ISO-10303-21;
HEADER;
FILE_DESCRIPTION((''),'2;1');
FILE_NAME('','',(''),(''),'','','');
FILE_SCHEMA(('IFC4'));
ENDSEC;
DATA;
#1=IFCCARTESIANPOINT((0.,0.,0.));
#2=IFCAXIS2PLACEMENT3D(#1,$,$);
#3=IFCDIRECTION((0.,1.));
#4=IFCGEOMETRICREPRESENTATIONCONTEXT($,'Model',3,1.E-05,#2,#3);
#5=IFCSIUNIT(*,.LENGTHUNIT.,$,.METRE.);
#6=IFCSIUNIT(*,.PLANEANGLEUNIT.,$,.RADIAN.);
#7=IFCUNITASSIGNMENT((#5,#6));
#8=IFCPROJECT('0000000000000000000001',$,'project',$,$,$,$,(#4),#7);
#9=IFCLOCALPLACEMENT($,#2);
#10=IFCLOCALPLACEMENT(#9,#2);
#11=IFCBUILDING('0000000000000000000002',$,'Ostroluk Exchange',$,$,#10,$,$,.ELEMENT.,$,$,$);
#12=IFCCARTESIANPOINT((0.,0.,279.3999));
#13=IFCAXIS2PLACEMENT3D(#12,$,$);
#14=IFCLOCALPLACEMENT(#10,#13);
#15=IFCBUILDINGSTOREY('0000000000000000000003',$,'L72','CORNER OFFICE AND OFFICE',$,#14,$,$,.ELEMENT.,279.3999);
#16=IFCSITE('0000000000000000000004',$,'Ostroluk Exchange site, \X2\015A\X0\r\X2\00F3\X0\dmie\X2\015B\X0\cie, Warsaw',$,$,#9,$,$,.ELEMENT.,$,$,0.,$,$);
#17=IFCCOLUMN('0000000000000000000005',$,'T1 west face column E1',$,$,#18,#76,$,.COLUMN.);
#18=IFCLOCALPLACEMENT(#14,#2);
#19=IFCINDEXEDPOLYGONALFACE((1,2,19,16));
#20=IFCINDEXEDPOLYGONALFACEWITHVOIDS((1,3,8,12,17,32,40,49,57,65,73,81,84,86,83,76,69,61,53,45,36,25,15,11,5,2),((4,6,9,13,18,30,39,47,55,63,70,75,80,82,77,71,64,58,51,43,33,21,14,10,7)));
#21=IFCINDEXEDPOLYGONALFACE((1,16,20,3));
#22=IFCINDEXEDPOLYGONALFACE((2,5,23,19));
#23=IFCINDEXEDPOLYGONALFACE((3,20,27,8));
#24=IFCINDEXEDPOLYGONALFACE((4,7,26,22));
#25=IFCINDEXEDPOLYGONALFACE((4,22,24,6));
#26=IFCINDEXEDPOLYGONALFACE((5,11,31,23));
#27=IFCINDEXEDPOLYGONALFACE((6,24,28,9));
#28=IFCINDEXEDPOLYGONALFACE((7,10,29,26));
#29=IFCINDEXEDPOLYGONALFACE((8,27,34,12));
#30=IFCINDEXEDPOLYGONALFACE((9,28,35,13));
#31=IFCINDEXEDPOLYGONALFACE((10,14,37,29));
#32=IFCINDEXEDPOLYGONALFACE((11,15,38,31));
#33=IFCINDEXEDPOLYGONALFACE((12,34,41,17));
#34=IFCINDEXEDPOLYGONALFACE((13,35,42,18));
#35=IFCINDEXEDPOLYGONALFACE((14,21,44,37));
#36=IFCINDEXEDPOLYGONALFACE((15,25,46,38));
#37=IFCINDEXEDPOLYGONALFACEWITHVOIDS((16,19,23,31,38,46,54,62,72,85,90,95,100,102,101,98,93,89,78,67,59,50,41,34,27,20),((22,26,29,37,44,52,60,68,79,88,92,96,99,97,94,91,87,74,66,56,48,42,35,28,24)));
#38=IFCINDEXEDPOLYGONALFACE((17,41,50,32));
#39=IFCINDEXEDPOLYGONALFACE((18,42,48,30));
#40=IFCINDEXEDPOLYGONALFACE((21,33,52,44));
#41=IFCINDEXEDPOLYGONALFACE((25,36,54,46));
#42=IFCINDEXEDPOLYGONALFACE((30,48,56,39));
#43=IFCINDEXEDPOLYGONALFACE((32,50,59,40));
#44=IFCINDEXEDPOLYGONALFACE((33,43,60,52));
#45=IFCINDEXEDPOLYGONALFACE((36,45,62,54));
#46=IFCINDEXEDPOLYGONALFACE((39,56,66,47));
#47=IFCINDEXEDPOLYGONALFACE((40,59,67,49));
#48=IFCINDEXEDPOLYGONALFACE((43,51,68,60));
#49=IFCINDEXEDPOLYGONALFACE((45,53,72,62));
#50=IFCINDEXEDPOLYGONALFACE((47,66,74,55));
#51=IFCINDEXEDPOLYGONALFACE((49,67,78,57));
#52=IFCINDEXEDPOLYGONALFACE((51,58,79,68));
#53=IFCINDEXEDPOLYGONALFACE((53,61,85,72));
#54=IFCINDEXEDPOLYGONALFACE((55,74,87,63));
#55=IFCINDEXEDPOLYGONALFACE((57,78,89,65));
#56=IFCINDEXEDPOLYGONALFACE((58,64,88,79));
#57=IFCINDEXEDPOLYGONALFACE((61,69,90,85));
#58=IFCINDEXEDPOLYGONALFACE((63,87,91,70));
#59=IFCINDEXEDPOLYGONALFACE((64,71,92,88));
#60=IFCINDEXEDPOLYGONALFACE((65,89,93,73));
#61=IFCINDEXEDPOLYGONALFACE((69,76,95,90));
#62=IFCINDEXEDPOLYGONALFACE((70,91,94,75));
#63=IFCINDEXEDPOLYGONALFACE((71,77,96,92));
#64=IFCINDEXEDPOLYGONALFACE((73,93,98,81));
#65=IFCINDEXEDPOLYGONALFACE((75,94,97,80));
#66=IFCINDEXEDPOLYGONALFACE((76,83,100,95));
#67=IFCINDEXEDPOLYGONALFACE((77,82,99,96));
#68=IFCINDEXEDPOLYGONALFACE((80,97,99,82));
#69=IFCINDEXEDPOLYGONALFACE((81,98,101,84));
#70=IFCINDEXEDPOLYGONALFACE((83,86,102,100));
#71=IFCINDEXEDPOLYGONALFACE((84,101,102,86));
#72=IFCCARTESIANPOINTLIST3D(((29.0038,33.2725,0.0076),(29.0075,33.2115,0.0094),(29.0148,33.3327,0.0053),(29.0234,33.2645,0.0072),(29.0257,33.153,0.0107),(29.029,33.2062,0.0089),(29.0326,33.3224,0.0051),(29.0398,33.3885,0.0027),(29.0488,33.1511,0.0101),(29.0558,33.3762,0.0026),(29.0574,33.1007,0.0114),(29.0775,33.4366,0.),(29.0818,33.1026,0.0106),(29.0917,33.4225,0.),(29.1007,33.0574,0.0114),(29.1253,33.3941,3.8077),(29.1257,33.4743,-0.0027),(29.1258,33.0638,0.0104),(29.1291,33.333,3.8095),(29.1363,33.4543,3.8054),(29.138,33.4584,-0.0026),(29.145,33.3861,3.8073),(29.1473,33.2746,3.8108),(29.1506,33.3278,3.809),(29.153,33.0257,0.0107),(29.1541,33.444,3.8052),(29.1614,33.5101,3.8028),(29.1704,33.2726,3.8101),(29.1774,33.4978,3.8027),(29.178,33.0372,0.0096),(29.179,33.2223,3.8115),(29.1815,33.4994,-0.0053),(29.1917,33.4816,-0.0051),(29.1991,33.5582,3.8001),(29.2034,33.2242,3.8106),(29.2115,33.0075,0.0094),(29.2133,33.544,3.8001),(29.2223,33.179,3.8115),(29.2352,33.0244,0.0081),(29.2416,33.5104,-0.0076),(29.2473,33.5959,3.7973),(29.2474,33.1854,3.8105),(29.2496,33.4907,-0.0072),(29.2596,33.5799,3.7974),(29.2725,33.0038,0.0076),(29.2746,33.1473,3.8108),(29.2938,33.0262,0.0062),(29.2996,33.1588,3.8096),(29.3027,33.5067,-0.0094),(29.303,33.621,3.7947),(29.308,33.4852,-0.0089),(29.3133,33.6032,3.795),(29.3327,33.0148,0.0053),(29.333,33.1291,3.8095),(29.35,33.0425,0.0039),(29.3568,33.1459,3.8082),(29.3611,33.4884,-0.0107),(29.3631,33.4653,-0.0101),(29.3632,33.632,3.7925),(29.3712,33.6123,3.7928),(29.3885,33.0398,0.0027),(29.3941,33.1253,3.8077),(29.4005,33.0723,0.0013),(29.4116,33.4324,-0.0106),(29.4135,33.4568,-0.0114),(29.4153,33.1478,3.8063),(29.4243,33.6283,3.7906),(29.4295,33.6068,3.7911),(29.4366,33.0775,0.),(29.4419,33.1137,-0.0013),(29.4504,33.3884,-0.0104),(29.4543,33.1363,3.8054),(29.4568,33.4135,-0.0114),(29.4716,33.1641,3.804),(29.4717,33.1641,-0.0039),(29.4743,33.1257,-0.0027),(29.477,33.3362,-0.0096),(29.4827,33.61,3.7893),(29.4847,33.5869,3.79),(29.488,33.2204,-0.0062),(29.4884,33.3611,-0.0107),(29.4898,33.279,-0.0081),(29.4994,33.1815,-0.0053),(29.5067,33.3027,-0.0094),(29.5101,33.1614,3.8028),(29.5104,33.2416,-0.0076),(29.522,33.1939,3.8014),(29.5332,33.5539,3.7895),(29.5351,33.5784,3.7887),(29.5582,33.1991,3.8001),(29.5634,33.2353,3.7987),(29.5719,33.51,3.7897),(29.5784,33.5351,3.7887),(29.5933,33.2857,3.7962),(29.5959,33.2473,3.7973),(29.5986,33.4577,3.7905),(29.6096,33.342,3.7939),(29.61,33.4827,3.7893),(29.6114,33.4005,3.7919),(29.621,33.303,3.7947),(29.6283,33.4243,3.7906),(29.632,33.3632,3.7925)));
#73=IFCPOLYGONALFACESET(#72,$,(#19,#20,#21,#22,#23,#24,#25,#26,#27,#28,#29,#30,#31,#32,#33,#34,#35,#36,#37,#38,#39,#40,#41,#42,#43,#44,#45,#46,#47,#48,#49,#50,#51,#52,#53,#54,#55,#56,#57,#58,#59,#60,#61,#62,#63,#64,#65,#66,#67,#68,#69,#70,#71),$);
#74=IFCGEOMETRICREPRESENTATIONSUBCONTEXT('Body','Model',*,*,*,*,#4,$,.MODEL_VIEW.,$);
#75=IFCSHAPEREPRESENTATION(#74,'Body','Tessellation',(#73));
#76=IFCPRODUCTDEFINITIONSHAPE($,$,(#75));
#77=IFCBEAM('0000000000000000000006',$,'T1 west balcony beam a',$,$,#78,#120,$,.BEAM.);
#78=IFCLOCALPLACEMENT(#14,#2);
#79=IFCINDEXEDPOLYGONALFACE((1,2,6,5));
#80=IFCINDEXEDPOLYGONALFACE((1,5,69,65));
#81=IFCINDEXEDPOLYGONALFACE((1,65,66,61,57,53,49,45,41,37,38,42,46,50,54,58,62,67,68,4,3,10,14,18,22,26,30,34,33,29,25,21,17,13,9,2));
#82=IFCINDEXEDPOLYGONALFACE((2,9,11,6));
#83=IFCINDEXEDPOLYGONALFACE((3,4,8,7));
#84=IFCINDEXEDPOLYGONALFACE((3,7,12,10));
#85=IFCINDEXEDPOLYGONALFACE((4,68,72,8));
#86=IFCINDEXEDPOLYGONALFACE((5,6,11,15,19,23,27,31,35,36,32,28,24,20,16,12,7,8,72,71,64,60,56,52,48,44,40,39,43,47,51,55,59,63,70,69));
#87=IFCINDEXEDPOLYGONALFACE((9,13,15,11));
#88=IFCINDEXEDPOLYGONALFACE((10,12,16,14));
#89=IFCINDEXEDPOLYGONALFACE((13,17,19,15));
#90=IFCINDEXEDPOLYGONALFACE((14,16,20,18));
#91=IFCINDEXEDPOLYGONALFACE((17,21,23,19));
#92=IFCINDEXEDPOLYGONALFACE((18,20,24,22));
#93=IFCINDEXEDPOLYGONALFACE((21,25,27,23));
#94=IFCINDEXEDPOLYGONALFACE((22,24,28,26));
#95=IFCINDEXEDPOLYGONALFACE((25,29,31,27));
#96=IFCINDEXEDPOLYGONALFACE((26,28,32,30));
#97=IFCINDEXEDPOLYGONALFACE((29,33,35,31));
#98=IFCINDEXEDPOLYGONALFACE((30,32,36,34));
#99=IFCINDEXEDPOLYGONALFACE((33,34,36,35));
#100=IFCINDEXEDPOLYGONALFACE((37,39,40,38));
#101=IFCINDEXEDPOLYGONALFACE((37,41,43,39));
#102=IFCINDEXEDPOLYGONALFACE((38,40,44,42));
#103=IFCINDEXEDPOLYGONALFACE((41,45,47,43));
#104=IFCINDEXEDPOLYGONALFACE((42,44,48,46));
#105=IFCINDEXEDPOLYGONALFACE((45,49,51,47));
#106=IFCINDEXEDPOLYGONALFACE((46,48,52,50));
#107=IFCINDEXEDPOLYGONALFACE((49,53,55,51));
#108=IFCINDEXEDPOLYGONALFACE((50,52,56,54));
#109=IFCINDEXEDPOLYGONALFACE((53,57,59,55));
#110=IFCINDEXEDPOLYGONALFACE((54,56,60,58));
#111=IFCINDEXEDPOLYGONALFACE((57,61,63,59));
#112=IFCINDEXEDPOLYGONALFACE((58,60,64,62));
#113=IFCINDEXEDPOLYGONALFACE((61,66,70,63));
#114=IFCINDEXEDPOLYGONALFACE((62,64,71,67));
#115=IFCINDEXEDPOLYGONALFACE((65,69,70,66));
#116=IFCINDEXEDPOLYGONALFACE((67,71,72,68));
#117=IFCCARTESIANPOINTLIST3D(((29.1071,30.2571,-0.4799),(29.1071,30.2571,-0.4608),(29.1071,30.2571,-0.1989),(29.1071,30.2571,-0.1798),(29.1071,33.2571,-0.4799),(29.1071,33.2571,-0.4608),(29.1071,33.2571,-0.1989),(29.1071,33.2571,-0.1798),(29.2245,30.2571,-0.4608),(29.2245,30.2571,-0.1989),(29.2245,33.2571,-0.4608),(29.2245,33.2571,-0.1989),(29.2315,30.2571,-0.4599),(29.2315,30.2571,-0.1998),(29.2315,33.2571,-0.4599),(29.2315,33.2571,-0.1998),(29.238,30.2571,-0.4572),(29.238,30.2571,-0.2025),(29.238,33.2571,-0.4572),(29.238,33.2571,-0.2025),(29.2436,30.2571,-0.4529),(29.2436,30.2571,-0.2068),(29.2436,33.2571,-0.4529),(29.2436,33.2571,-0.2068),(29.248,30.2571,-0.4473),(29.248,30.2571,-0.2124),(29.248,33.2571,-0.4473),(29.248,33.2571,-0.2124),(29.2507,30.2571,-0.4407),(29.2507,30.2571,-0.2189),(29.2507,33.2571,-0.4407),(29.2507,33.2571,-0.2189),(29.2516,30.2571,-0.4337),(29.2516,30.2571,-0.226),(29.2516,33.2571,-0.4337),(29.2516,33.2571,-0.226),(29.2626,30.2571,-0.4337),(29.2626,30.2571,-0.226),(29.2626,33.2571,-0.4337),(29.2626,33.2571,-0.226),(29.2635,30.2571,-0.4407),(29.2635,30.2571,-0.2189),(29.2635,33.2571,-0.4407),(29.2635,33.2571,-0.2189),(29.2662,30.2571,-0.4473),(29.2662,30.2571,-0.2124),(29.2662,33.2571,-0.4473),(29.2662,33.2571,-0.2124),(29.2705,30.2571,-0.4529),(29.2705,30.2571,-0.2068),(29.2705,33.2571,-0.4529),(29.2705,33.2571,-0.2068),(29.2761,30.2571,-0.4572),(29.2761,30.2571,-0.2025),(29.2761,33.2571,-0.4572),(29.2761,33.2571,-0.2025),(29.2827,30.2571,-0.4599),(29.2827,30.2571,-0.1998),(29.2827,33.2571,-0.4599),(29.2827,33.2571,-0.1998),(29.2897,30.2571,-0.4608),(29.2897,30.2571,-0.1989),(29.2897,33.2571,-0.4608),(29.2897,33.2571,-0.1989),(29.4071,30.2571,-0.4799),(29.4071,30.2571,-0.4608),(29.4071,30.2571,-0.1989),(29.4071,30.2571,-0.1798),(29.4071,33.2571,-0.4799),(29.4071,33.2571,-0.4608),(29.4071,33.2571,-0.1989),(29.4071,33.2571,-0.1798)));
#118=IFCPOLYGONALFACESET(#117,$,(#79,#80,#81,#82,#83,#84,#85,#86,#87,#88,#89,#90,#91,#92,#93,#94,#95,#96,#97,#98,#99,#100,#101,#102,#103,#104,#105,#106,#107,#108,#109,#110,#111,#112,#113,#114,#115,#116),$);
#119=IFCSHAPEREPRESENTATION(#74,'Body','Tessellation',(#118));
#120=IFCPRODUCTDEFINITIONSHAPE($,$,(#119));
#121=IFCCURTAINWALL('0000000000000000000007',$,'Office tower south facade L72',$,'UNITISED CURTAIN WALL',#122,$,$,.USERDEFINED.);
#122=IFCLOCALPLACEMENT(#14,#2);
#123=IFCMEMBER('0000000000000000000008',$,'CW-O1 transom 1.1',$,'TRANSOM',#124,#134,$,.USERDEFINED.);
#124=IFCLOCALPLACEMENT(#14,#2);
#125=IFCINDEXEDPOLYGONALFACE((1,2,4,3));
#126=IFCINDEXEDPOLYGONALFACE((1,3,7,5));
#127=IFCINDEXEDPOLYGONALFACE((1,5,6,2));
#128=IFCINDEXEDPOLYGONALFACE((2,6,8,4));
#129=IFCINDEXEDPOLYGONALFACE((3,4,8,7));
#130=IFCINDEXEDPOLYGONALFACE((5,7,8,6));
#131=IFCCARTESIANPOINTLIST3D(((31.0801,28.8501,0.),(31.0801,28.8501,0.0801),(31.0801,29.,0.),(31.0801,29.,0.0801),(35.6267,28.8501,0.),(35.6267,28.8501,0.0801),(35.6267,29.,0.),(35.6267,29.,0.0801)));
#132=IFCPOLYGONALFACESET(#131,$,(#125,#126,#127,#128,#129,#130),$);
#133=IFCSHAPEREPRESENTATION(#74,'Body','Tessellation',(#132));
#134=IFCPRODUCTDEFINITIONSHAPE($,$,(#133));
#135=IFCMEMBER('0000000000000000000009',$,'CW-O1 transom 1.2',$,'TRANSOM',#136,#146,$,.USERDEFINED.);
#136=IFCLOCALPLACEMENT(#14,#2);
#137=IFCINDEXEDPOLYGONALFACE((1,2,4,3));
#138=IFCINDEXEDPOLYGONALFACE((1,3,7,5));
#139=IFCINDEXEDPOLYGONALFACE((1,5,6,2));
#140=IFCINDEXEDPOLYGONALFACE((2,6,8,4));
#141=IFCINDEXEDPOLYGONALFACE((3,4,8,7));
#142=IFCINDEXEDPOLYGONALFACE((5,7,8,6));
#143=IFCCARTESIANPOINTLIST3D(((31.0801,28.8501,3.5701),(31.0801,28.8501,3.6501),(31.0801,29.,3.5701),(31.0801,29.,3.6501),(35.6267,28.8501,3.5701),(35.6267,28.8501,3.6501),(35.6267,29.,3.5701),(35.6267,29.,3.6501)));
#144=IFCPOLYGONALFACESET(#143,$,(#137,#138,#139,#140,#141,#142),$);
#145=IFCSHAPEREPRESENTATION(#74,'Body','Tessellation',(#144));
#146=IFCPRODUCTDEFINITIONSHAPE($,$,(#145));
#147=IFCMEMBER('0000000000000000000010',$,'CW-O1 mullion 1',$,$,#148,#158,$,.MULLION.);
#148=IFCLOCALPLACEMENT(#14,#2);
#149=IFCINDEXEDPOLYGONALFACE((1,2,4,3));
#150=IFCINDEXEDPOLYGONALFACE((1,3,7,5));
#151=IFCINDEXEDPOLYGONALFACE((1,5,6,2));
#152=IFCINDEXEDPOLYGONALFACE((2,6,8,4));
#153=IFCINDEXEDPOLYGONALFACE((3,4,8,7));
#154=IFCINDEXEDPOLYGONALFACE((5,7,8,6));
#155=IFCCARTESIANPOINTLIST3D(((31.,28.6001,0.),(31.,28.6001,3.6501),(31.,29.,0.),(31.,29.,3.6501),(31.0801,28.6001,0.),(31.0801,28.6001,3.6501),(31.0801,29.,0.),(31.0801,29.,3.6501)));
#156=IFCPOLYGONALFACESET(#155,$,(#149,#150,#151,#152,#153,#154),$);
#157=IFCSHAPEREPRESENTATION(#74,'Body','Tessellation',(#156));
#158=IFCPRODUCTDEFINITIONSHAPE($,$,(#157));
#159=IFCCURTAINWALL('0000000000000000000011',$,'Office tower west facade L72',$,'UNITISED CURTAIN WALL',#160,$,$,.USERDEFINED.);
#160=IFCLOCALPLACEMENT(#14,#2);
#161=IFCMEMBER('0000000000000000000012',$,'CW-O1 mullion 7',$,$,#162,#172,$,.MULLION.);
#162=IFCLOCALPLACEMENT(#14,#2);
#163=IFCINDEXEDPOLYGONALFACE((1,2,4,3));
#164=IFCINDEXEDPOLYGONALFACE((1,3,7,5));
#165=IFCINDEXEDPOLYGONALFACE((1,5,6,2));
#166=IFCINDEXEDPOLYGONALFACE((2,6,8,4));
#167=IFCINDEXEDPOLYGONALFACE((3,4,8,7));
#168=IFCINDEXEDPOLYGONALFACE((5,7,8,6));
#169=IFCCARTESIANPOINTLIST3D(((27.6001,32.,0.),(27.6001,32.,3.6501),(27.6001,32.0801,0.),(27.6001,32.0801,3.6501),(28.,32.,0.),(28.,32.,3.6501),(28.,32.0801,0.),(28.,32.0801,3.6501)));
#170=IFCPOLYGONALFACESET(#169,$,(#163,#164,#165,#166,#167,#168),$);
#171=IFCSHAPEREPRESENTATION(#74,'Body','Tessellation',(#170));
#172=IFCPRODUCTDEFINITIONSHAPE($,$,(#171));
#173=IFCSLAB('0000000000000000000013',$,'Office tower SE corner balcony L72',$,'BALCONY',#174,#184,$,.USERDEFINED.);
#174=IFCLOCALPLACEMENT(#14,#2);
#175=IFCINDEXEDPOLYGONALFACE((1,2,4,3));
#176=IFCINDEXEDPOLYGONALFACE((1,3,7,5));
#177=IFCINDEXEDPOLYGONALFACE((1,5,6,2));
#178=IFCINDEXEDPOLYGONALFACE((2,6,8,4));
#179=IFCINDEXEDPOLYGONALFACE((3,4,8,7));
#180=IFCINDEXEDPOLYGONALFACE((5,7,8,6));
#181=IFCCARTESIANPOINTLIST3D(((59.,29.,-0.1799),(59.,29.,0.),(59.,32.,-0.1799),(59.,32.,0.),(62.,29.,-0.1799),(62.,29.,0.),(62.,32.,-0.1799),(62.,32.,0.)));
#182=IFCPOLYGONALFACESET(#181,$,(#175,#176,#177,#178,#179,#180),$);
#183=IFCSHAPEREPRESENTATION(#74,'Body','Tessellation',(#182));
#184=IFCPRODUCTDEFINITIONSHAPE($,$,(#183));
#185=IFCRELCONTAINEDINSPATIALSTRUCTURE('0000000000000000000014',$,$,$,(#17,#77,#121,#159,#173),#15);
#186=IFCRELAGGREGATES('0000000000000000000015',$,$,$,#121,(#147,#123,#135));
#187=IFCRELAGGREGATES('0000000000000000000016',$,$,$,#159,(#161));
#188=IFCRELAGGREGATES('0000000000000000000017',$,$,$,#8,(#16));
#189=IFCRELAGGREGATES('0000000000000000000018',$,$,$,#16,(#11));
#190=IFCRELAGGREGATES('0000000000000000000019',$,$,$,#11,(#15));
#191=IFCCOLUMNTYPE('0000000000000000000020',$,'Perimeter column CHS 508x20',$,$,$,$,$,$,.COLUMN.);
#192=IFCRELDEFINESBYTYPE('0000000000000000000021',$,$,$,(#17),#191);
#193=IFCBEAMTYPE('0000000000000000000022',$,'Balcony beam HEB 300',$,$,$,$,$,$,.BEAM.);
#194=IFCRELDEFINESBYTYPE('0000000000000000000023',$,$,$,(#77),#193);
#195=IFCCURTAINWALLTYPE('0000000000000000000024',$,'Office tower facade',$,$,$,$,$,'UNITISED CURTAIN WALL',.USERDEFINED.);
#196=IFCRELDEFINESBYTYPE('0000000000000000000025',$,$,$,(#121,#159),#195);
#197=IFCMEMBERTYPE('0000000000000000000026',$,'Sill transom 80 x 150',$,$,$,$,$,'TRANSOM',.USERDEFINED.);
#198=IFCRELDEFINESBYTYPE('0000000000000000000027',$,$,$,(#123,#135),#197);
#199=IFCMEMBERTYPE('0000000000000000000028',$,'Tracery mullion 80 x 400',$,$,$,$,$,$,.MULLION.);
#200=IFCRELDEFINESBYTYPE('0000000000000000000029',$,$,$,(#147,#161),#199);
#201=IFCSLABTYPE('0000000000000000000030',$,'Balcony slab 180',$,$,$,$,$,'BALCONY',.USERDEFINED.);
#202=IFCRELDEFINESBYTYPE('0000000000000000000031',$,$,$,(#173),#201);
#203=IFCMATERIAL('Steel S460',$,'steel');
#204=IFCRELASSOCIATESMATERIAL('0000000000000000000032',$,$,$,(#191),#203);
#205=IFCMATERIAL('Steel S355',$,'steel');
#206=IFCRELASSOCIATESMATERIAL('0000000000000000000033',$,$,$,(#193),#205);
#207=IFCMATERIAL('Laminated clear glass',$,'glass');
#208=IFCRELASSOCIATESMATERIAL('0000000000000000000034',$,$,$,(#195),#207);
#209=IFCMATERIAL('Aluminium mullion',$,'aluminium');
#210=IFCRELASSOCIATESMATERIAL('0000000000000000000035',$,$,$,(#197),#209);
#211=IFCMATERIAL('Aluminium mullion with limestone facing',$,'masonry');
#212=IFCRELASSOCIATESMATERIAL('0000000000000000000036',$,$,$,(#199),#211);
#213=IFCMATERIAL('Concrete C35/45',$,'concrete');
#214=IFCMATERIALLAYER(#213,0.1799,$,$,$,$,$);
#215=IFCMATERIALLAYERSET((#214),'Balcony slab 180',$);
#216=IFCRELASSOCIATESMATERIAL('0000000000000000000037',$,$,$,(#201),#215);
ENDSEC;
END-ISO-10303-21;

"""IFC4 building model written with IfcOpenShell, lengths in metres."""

from ifc_helpers import new_model, si_unit, direction, frame, origin, origin_2d, place, context, subcontext, project, spatial, polyline, rectangle, hollow_circle, i_section, outline, extrude, material, layer, layer_set, material_profile, profile_set, type_object, element, aggregate, save


model = new_model("IFC4")

# Units and contexts
model_context = context("Model", 3, precision=1e-05, world=origin(), true_north=direction((0.0, 1.0)))
body_context = subcontext(model_context, "Body", "Model", "MODEL_VIEW")
ifc_project = project(units=[si_unit("LENGTHUNIT", "METRE"), si_unit("PLANEANGLEUNIT", "RADIAN")], contexts=[model_context])

# Site, building, storey
site_placement = place(None, origin())
site = spatial("IfcSite", under=ifc_project, at=site_placement, Name="Ostroluk Exchange site, Śródmieście, Warsaw", CompositionType="ELEMENT", RefElevation=0.0)
building_placement = place(site_placement, origin())
building = spatial("IfcBuilding", under=site, at=building_placement, Name="Ostroluk Exchange", CompositionType="ELEMENT")
storey_placement = place(building_placement, frame((0.0, 0.0, 279.3999)))
storey = spatial("IfcBuildingStorey", under=building, at=storey_placement, Name="L72", Description="CORNER OFFICE AND OFFICE", CompositionType="ELEMENT", Elevation=279.3999)

# Column
ifc_material_1 = material(Name="Steel S460", Category="steel")
ifc_material_profile_1 = material_profile(ifc_material_1, hollow_circle(Radius=0.2539, WallThickness=0.02, at=origin_2d()), Name="CHS 508x20")
ifc_profile_set_1 = profile_set([ifc_material_profile_1], Name="Steel S460")
column_type = type_object("IfcColumnType", Name="Perimeter column CHS 508x20", PredefinedType="COLUMN", material=ifc_profile_set_1)
column_placement = place(storey_placement, frame((29.2571, 33.2571, 0.0), z_axis=(0.031962, 0.031962, 0.998978), x_axis=(-0.707107, 0.707107, 0.0)))
element("IfcColumn", 1, at=column_placement, inside=storey, type_object=column_type, Name="T1 west face column E1", PredefinedType="COLUMN", context=body_context, shape_type="SweptSolid", body=[
    extrude(hollow_circle(Radius=0.2539, WallThickness=0.02, at=origin_2d()), origin(), (0.0, 0.0, 1.0), 3.804),
])

# Beam
ifc_material_2 = material(Name="Steel S355", Category="steel")
ifc_material_profile_2 = material_profile(ifc_material_2, i_section(OverallWidth=0.3, OverallDepth=0.3, WebThickness=0.011, FlangeThickness=0.019, FilletRadius=0.0271, at=origin_2d()), Name="HEB 300")
ifc_profile_set_2 = profile_set([ifc_material_profile_2], Name="Steel S355")
beam_type = type_object("IfcBeamType", Name="Balcony beam HEB 300", PredefinedType="BEAM", material=ifc_profile_set_2)
beam_placement = place(storey_placement, frame((29.2571, 33.2571, -0.3298), z_axis=(0.0, -1.0, 0.0), x_axis=(1.0, 0.0, 0.0)))
element("IfcBeam", 2, at=beam_placement, inside=storey, type_object=beam_type, Name="T1 west balcony beam a", PredefinedType="BEAM", context=body_context, shape_type="SweptSolid", body=[
    extrude(i_section(OverallWidth=0.3, OverallDepth=0.3, WebThickness=0.011, FlangeThickness=0.019, FilletRadius=0.0271, at=origin_2d()), origin(), (0.0, 0.0, 1.0), 3.0),
])

# Curtain wall, members
ifc_material_3 = material(Name="Laminated clear glass", Category="glass")
curtain_wall_type = type_object("IfcCurtainWallType", Name="Office tower facade", ElementType="UNITISED CURTAIN WALL", PredefinedType="USERDEFINED", material=ifc_material_3)
curtain_wall_1_placement = place(storey_placement, origin())
curtain_wall_1 = element("IfcCurtainWall", 3, at=curtain_wall_1_placement, inside=storey, type_object=curtain_wall_type, Name="Office tower south facade L72", ObjectType="UNITISED CURTAIN WALL", PredefinedType="USERDEFINED")
ifc_material_4 = material(Name="Aluminium mullion", Category="aluminium")
ifc_material_profile_3 = material_profile(ifc_material_4, rectangle(XDim=0.1499, YDim=0.0801, at=origin_2d()), Name="Sill transom 80 x 150")
ifc_profile_set_3 = profile_set([ifc_material_profile_3], Name="Aluminium mullion")
member_type_1 = type_object("IfcMemberType", Name="Sill transom 80 x 150", ElementType="TRANSOM", PredefinedType="USERDEFINED", material=ifc_profile_set_3)
member_1_placement = place(storey_placement, frame((31.0801, 28.925, 0.04), z_axis=(1.0, 0.0, 0.0), x_axis=(0.0, 1.0, 0.0)))
member_1 = element("IfcMember", 4, at=member_1_placement, type_object=member_type_1, Name="CW-O1 transom 1.1", ObjectType="TRANSOM", PredefinedType="USERDEFINED", context=body_context, shape_type="SweptSolid", body=[
    extrude(rectangle(XDim=0.1499, YDim=0.0801, at=origin_2d()), origin(), (0.0, 0.0, 1.0), 4.5466),
])
member_2_placement = place(storey_placement, frame((31.0801, 28.925, 3.6101), z_axis=(1.0, 0.0, 0.0), x_axis=(0.0, 1.0, 0.0)))
member_2 = element("IfcMember", 5, at=member_2_placement, type_object=member_type_1, Name="CW-O1 transom 1.2", ObjectType="TRANSOM", PredefinedType="USERDEFINED", context=body_context, shape_type="SweptSolid", body=[
    extrude(rectangle(XDim=0.1499, YDim=0.0801, at=origin_2d()), origin(), (0.0, 0.0, 1.0), 4.5466),
])
ifc_material_5 = material(Name="Aluminium mullion with limestone facing", Category="masonry")
ifc_material_profile_4 = material_profile(ifc_material_5, rectangle(XDim=0.3999, YDim=0.0801, at=origin_2d()), Name="Tracery mullion 80 x 400")
ifc_profile_set_4 = profile_set([ifc_material_profile_4], Name="Aluminium mullion with limestone facing")
member_type_2 = type_object("IfcMemberType", Name="Tracery mullion 80 x 400", PredefinedType="MULLION", material=ifc_profile_set_4)
member_3_placement = place(storey_placement, frame((31.04, 28.8, 0.0), z_axis=(0.0, 0.0, 1.0), x_axis=(0.0, 1.0, 0.0)))
member_3 = element("IfcMember", 6, at=member_3_placement, type_object=member_type_2, Name="CW-O1 mullion 1", PredefinedType="MULLION", context=body_context, shape_type="SweptSolid", body=[
    extrude(rectangle(XDim=0.3999, YDim=0.0801, at=origin_2d()), origin(), (0.0, 0.0, 1.0), 3.6501),
])
aggregate(curtain_wall_1, [member_3, member_1, member_2])

# Curtain wall, member
curtain_wall_2_placement = place(storey_placement, origin())
curtain_wall_2 = element("IfcCurtainWall", 7, at=curtain_wall_2_placement, inside=storey, type_object=curtain_wall_type, Name="Office tower west facade L72", ObjectType="UNITISED CURTAIN WALL", PredefinedType="USERDEFINED")
member_4_placement = place(storey_placement, frame((27.8, 32.04, 0.0), z_axis=(0.0, 0.0, 1.0), x_axis=(1.0, 0.0, 0.0)))
member_4 = element("IfcMember", 8, at=member_4_placement, type_object=member_type_2, Name="CW-O1 mullion 7", PredefinedType="MULLION", context=body_context, shape_type="SweptSolid", body=[
    extrude(rectangle(XDim=0.3999, YDim=0.0801, at=origin_2d()), origin(), (0.0, 0.0, 1.0), 3.6501),
])
aggregate(curtain_wall_2, [member_4])

# Slab
ifc_material_6 = material(Name="Concrete C35/45", Category="concrete")
ifc_layer_1 = layer(ifc_material_6, 0.1799)
ifc_layer_set_1 = layer_set([ifc_layer_1], Name="Balcony slab 180")
slab_type_1 = type_object("IfcSlabType", Name="Balcony slab 180", ElementType="BALCONY", PredefinedType="USERDEFINED", material=ifc_layer_set_1)
slab_1_placement = place(storey_placement, frame((0.0, 0.0, -0.1799)))
element("IfcSlab", 9, at=slab_1_placement, inside=storey, type_object=slab_type_1, Name="Office tower SE corner balcony L72", ObjectType="BALCONY", PredefinedType="USERDEFINED", context=body_context, shape_type="SweptSolid", body=[
    extrude(outline(polyline([(59.0, 29.0), (62.0, 29.0), (62.0, 32.0), (59.0, 32.0), (59.0, 29.0)])), origin(), (0.0, 0.0, 1.0), 0.1799),
])

save(model, "model.ifc")
